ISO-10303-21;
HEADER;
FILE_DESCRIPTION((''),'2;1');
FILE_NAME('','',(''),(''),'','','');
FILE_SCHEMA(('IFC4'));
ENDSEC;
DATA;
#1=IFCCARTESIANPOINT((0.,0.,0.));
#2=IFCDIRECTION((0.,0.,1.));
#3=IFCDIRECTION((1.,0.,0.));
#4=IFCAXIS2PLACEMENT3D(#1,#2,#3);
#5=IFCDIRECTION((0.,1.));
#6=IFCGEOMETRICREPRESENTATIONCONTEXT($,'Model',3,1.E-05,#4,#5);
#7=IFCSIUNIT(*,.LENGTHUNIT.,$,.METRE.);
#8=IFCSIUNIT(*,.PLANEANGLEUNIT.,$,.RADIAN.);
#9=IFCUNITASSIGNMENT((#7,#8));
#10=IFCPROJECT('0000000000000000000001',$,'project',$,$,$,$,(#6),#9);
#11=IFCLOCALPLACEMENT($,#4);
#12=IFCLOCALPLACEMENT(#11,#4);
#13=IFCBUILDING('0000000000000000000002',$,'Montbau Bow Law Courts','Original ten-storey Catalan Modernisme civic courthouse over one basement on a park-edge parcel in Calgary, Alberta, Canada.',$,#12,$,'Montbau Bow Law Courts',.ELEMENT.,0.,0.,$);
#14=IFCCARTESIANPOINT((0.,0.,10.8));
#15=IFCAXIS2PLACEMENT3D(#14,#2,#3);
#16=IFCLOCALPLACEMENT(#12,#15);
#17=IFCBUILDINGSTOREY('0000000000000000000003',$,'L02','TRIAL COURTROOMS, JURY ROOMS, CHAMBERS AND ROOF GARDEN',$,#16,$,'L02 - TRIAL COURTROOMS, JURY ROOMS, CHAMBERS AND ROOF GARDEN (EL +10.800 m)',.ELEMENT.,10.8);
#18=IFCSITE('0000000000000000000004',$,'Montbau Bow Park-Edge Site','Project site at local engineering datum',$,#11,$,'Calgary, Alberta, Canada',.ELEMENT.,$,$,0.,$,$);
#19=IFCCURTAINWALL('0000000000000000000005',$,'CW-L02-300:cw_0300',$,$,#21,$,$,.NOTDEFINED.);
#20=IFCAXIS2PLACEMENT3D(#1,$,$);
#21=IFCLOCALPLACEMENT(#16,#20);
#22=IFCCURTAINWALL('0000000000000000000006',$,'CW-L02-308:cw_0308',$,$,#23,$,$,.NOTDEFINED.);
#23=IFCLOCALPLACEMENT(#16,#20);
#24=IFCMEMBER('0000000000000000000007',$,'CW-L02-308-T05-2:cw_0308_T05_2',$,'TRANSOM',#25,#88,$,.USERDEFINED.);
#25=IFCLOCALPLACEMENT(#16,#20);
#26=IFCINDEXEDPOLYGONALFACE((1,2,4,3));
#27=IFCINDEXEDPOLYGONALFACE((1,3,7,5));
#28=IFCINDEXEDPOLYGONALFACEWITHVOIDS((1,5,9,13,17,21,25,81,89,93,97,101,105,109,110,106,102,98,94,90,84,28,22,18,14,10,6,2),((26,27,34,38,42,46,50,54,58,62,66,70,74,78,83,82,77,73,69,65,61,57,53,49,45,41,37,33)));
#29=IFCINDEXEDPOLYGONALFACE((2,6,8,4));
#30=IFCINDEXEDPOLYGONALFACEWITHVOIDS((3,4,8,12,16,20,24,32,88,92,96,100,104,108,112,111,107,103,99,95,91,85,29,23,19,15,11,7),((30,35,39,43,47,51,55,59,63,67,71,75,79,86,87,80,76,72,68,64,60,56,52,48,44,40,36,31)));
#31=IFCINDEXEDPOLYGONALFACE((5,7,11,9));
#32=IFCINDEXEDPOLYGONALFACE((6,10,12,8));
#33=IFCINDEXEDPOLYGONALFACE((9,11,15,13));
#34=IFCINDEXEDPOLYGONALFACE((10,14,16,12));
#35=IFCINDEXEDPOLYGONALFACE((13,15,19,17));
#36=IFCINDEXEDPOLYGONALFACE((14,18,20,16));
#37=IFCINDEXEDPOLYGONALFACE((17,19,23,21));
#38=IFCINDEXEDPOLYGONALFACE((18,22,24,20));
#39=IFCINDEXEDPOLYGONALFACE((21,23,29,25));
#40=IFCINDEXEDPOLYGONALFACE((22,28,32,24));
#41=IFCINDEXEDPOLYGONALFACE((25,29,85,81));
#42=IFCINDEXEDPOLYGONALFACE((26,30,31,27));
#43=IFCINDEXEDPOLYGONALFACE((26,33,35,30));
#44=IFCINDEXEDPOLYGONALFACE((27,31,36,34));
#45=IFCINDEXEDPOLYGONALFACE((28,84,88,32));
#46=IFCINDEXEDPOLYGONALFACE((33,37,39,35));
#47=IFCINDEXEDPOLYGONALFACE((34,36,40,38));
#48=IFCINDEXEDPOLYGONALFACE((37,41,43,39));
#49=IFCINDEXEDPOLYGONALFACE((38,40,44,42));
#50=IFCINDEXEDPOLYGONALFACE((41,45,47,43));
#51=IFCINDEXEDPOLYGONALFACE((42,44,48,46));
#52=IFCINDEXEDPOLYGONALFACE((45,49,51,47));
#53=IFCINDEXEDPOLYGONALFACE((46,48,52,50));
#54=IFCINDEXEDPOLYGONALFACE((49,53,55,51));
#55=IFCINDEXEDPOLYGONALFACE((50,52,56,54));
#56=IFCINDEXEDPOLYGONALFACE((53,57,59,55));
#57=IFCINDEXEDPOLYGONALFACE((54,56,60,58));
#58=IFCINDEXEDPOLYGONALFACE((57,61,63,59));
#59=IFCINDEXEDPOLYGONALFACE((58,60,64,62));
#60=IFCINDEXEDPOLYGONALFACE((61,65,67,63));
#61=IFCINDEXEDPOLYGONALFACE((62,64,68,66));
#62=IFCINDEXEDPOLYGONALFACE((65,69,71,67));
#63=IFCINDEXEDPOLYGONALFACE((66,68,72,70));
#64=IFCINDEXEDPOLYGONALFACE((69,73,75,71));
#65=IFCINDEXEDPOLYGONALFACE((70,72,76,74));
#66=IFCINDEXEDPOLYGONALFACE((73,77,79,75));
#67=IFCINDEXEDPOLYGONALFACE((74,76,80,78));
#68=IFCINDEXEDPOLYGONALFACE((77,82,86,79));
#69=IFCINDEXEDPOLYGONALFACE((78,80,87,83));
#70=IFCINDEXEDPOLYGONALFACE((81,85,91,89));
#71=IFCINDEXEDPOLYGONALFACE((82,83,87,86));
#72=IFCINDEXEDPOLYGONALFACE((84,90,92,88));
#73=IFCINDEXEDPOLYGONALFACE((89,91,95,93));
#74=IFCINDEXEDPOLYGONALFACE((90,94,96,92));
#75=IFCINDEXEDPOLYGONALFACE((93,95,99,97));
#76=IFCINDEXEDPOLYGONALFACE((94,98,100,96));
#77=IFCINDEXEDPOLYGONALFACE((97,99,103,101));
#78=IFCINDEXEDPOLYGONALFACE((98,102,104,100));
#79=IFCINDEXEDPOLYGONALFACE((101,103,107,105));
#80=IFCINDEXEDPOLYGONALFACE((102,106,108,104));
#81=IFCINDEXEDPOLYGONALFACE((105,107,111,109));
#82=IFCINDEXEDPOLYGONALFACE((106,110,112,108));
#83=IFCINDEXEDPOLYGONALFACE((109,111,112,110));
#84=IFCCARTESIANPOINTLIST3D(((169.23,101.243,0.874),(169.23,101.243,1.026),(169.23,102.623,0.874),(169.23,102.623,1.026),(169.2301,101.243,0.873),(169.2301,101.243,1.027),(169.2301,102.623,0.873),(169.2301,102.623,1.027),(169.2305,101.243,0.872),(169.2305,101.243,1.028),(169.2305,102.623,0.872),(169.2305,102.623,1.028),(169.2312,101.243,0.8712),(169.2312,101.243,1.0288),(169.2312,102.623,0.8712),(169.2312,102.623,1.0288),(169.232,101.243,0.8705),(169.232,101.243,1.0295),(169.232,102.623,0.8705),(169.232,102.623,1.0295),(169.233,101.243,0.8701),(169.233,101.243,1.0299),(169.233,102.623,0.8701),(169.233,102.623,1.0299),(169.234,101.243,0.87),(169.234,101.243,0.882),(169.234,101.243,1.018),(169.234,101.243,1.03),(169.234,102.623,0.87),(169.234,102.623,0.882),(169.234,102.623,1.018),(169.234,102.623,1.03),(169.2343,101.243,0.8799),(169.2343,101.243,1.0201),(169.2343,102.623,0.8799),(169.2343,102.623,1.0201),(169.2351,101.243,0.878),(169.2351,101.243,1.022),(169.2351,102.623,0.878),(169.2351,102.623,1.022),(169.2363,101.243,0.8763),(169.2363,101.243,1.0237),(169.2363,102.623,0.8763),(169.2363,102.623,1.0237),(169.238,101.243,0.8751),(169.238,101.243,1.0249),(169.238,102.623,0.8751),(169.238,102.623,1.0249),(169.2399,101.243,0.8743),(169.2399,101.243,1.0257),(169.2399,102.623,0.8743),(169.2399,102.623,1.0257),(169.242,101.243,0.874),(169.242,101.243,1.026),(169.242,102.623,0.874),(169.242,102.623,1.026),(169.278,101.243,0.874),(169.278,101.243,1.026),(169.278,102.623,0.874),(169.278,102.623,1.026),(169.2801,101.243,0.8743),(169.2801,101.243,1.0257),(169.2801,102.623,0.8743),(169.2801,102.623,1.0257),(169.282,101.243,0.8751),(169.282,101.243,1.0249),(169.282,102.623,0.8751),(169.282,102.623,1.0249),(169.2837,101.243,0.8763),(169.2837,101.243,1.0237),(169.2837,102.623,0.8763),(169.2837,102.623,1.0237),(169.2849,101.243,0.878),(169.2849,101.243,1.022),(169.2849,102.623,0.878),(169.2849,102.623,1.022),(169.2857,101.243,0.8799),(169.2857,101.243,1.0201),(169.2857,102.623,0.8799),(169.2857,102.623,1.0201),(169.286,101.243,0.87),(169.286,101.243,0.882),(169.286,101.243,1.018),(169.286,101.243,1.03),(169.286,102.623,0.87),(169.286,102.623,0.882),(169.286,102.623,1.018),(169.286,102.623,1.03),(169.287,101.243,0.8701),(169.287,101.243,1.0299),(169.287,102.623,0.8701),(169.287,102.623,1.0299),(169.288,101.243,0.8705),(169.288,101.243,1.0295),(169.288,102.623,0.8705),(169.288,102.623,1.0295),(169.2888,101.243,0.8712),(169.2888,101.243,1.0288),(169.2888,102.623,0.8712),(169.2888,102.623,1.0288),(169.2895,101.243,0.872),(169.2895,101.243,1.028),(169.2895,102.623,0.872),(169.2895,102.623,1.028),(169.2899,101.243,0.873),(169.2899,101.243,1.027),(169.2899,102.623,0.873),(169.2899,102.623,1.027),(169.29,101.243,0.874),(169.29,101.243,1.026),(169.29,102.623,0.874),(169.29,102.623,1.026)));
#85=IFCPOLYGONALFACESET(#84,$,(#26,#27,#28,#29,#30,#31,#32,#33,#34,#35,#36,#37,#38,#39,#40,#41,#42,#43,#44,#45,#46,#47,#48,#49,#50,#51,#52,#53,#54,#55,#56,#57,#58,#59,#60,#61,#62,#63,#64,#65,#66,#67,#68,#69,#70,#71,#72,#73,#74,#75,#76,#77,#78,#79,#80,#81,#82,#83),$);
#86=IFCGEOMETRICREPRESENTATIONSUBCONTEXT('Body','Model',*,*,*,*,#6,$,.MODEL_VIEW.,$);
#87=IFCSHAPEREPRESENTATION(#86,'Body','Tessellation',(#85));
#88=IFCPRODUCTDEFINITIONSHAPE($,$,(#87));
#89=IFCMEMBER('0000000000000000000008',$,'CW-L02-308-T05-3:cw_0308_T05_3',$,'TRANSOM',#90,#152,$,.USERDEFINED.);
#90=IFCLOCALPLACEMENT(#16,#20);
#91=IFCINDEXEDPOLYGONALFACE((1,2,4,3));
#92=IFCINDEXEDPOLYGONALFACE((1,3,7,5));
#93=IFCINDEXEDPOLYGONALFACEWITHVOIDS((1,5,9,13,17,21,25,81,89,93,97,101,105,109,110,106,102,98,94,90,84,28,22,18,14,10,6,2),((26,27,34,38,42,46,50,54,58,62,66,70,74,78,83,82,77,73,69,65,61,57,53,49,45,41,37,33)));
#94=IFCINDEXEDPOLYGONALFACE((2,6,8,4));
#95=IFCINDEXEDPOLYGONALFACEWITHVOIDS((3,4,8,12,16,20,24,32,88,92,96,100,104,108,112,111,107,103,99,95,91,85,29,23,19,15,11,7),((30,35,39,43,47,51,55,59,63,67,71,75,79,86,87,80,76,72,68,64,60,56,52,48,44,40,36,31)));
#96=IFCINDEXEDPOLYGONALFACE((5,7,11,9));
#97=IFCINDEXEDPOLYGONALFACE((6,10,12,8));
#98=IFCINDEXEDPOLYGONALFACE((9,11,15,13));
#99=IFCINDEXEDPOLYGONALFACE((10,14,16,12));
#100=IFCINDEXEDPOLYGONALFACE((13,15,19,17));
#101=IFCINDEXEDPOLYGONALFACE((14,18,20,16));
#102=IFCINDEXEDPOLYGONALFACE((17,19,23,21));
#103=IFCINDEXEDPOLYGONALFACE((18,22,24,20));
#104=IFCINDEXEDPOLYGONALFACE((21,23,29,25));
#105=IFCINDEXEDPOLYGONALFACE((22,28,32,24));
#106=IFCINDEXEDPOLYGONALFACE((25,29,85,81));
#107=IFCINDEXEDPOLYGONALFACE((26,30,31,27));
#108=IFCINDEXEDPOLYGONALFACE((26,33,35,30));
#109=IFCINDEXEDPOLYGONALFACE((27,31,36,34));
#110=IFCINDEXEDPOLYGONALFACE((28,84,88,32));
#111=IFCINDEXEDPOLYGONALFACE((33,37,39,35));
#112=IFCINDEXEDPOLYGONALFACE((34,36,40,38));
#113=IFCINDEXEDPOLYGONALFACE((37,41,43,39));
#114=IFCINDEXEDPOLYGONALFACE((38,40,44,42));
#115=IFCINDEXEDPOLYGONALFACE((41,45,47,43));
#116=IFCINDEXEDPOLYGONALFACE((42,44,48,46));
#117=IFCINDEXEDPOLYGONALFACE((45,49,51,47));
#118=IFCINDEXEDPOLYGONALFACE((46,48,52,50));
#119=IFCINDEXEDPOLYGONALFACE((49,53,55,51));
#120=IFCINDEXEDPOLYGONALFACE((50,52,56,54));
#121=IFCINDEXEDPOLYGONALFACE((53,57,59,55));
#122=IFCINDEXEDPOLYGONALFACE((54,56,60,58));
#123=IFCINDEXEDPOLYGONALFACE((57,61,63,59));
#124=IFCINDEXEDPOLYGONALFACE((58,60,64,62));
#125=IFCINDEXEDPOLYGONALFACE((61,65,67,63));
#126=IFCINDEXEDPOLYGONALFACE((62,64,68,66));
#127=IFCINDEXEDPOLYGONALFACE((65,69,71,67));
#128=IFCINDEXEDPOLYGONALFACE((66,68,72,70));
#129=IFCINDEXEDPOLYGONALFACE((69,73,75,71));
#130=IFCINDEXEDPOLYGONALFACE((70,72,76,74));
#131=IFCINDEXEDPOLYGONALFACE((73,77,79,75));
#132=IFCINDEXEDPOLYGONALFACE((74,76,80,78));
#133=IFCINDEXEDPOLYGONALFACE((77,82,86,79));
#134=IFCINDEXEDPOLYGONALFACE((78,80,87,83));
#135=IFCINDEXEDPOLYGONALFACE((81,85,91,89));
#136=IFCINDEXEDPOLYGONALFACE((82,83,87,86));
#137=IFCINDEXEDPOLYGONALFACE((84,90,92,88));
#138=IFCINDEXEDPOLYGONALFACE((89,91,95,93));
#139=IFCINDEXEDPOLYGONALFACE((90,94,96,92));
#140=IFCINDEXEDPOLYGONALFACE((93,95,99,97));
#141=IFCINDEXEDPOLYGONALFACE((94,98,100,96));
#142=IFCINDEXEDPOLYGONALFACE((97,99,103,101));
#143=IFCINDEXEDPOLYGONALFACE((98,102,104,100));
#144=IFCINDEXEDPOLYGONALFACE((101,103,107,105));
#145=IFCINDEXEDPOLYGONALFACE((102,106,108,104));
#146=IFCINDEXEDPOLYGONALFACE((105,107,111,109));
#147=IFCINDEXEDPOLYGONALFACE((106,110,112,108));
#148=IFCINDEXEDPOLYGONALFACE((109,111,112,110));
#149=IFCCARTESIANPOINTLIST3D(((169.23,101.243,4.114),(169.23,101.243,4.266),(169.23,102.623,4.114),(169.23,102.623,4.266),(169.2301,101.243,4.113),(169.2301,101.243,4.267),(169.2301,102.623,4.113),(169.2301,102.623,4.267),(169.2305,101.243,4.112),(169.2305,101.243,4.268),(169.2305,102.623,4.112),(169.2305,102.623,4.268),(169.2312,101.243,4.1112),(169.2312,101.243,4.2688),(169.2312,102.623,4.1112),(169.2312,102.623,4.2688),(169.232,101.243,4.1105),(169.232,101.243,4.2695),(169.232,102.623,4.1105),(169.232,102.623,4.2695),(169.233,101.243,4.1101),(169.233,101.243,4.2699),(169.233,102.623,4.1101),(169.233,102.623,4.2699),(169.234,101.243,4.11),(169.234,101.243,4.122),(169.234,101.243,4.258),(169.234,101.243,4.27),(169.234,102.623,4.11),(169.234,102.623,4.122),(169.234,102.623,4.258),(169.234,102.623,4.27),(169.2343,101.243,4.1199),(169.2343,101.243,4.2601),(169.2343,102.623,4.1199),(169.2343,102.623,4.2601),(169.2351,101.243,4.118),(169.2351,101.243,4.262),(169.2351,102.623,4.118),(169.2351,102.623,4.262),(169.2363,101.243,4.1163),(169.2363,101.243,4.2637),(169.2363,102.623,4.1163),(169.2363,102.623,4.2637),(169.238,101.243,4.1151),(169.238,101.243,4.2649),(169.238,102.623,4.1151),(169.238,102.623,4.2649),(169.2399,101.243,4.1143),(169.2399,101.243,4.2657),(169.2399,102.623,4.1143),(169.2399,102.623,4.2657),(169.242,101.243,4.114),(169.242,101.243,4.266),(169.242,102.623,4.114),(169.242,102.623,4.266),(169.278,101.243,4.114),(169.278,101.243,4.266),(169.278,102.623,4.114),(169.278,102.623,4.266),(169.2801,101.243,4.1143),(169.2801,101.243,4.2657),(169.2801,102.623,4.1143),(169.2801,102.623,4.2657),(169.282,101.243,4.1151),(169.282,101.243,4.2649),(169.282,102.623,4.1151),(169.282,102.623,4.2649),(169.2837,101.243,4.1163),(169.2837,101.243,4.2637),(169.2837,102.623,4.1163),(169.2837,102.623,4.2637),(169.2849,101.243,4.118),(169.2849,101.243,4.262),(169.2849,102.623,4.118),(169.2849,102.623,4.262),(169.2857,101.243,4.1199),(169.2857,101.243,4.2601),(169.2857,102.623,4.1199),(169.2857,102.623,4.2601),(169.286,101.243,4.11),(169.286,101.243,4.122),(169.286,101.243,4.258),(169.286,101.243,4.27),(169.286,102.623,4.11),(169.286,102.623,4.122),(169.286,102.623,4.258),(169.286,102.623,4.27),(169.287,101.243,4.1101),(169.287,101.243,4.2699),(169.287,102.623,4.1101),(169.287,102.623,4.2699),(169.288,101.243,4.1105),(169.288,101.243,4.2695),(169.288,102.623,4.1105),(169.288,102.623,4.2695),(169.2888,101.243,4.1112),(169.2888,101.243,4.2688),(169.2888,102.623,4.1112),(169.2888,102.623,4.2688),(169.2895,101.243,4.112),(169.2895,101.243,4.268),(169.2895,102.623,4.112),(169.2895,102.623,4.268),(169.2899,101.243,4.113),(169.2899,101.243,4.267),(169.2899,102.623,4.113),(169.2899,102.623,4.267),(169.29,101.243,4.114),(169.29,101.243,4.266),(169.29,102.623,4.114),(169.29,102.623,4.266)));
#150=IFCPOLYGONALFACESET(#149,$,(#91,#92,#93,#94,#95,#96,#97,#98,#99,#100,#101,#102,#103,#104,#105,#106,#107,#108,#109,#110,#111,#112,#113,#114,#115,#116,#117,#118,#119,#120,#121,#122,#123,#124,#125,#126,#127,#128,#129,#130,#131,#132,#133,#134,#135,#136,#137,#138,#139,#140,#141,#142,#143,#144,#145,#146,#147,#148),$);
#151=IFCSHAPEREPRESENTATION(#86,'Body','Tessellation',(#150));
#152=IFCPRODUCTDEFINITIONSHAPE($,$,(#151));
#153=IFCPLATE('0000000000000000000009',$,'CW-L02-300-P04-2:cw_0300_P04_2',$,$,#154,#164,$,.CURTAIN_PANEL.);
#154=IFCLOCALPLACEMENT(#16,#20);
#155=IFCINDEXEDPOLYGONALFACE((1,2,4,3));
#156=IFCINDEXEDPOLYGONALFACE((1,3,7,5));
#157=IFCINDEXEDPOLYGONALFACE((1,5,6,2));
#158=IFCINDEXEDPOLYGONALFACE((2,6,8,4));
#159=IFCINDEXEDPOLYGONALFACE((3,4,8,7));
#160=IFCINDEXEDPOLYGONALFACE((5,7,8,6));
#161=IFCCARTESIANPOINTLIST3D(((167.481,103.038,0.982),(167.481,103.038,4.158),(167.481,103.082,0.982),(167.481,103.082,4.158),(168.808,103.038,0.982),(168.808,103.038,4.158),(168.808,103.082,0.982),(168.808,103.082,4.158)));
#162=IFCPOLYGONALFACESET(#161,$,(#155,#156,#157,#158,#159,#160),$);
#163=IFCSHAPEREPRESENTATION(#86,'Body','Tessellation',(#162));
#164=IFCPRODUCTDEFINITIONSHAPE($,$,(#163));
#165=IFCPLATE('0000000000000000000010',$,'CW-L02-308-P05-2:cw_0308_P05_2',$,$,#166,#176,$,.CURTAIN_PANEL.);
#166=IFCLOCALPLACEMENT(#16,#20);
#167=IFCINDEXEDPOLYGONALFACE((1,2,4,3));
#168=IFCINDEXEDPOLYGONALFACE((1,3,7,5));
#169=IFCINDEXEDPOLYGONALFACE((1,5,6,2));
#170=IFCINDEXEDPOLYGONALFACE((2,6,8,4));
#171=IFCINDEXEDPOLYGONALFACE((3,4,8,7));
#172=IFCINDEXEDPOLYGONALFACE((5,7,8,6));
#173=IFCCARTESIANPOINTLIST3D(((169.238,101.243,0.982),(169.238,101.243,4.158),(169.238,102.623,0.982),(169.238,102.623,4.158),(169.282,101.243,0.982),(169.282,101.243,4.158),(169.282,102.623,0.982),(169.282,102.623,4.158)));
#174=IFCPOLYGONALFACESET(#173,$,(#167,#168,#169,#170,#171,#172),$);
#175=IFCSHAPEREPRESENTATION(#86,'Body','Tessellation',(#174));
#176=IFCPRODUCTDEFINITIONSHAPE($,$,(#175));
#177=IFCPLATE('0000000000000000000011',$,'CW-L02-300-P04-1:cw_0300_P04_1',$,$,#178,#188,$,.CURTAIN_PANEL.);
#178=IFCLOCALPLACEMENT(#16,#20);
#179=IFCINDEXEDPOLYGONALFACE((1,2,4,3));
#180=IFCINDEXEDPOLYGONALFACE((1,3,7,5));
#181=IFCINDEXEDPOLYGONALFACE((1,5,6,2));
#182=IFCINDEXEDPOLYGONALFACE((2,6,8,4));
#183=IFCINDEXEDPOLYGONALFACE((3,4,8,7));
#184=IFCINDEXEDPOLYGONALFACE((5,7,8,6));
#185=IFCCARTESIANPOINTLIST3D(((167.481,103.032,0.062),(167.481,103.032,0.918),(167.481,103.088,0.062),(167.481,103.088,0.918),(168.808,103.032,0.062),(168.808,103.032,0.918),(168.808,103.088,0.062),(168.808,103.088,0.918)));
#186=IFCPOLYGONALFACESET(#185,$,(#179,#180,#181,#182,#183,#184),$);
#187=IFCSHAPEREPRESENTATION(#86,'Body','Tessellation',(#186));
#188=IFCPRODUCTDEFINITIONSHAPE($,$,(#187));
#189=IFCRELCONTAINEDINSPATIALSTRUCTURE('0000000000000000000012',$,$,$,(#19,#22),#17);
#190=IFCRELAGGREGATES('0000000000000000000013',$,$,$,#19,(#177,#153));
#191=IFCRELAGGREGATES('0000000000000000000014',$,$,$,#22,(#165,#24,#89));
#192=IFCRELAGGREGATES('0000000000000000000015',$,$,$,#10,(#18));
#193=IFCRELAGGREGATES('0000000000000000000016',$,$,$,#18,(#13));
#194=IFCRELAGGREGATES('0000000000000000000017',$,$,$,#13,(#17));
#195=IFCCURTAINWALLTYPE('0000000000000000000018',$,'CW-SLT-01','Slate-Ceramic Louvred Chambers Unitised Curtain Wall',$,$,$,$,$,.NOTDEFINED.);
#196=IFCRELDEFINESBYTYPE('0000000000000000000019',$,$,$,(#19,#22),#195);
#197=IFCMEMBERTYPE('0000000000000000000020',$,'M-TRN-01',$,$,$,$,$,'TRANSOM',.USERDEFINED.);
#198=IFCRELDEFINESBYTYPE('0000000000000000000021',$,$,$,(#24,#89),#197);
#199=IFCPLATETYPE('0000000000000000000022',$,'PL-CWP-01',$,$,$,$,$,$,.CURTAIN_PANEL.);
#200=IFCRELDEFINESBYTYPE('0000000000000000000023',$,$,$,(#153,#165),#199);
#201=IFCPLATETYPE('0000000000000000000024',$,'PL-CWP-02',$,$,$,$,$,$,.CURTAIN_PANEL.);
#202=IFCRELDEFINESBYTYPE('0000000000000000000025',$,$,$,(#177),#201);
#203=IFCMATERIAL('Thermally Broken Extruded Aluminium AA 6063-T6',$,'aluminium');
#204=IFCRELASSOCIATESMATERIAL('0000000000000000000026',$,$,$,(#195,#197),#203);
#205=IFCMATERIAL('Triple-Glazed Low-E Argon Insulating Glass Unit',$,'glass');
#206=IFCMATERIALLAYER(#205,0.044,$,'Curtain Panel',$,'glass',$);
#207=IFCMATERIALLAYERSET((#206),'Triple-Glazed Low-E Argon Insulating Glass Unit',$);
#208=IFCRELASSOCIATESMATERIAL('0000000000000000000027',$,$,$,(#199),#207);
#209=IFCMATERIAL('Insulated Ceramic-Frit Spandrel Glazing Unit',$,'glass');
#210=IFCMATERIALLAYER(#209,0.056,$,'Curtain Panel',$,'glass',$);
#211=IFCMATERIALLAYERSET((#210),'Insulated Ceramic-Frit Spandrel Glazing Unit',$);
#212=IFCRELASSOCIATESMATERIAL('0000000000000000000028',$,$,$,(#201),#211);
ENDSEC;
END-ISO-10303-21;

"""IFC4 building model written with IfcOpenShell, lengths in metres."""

from ifc_helpers import new_model, si_unit, direction, frame, frame_2d, origin_with_axes, origin_2d_with_axis, place, context, subcontext, project, spatial, rectangle, hollow_rectangle, extrude, material, layer, layer_set, material_profile, profile_set, type_object, element, aggregate, save


model = new_model("IFC4")

# Units and contexts
model_context = context("Model", 3, precision=1e-05, world=origin_with_axes(), true_north=direction((0.0, 1.0)))
body_context = subcontext(model_context, "Body", "Model", "MODEL_VIEW")
ifc_project = project(units=[si_unit("LENGTHUNIT", "METRE"), si_unit("PLANEANGLEUNIT", "RADIAN")], contexts=[model_context])

# Site, building, storey
site_placement = place(None, origin_with_axes())
site = spatial("IfcSite", under=ifc_project, at=site_placement, Name="Montbau Bow Park-Edge Site", Description="Project site at local engineering datum", LongName="Calgary, Alberta, Canada", CompositionType="ELEMENT", RefElevation=0.0)
building_placement = place(site_placement, origin_with_axes())
building = spatial("IfcBuilding", under=site, at=building_placement, Name="Montbau Bow Law Courts", Description="Original ten-storey Catalan Modernisme civic courthouse over one basement on a park-edge parcel in Calgary, Alberta, Canada.", LongName="Montbau Bow Law Courts", CompositionType="ELEMENT", ElevationOfRefHeight=0.0, ElevationOfTerrain=0.0)
storey_placement = place(building_placement, frame((0.0, 0.0, 10.8), z_axis=(0.0, 0.0, 1.0), x_axis=(1.0, 0.0, 0.0)))
storey = spatial("IfcBuildingStorey", under=building, at=storey_placement, Name="L02", Description="TRIAL COURTROOMS, JURY ROOMS, CHAMBERS AND ROOF GARDEN", LongName="L02 - TRIAL COURTROOMS, JURY ROOMS, CHAMBERS AND ROOF GARDEN (EL +10.800 m)", CompositionType="ELEMENT", Elevation=10.8)

# Curtain walls
ifc_material_1 = material(Name="Thermally Broken Extruded Aluminium AA 6063-T6", Category="aluminium")
curtain_wall_type = type_object("IfcCurtainWallType", Name="CW-SLT-01", Description="Slate-Ceramic Louvred Chambers Unitised Curtain Wall", PredefinedType="NOTDEFINED", material=ifc_material_1)
curtain_wall_1_placement = place(None, frame((163.115, 103.06, 10.8), z_axis=(0.0, 0.0, 1.0), x_axis=(1.0, 0.0, 0.0)))
curtain_wall_1 = element("IfcCurtainWall", 1, at=curtain_wall_1_placement, inside=storey, type_object=curtain_wall_type, Name="CW-L02-300:cw_0300", PredefinedType="NOTDEFINED")
curtain_wall_2_placement = place(None, frame((169.26, 95.315, 10.8), z_axis=(0.0, 0.0, 1.0), x_axis=(1.0, 0.0, 0.0)))
curtain_wall_2 = element("IfcCurtainWall", 2, at=curtain_wall_2_placement, inside=storey, type_object=curtain_wall_type, Name="CW-L02-308:cw_0308", PredefinedType="NOTDEFINED")

# Members
ifc_material_profile_1 = material_profile(ifc_material_1, hollow_rectangle(XDim=0.06, YDim=0.16, WallThickness=0.004, InnerFilletRadius=0.008, OuterFilletRadius=0.004, at=origin_2d_with_axis()), Name="CWT-160X60", Category="Main", Priority=0)
ifc_profile_set_1 = profile_set([ifc_material_profile_1], Name="Thermally Broken Extruded Aluminium AA 6063-T6")
member_type_1 = type_object("IfcMemberType", Name="M-TRN-01", ElementType="TRANSOM", PredefinedType="USERDEFINED", material=ifc_profile_set_1)
member_1_placement = place(None, frame((169.26, 101.243, 11.75), z_axis=(0.0, 1.0, 0.0), x_axis=(-1.0, 0.0, 0.0)))
member_1 = element("IfcMember", 3, at=member_1_placement, type_object=member_type_1, Name="CW-L02-308-T05-2:cw_0308_T05_2", ObjectType="TRANSOM", PredefinedType="USERDEFINED", context=body_context, shape_type="SweptSolid", body=[
    extrude(hollow_rectangle(XDim=0.06, YDim=0.16, WallThickness=0.004, InnerFilletRadius=0.008, OuterFilletRadius=0.004, at=origin_2d_with_axis()), origin_with_axes(), (0.0, 0.0, 1.0), 1.38),
])
member_2_placement = place(None, frame((169.26, 101.243, 14.99), z_axis=(0.0, 1.0, 0.0), x_axis=(-1.0, 0.0, 0.0)))
member_2 = element("IfcMember", 4, at=member_2_placement, type_object=member_type_1, Name="CW-L02-308-T05-3:cw_0308_T05_3", ObjectType="TRANSOM", PredefinedType="USERDEFINED", context=body_context, shape_type="SweptSolid", body=[
    extrude(hollow_rectangle(XDim=0.06, YDim=0.16, WallThickness=0.004, InnerFilletRadius=0.008, OuterFilletRadius=0.004, at=origin_2d_with_axis()), origin_with_axes(), (0.0, 0.0, 1.0), 1.38),
])

# Plates
ifc_material_2 = material(Name="Triple-Glazed Low-E Argon Insulating Glass Unit", Category="glass")
ifc_layer_1 = layer(ifc_material_2, 0.044, Name="Curtain Panel", Category="glass")
ifc_layer_set_1 = layer_set([ifc_layer_1], Name="Triple-Glazed Low-E Argon Insulating Glass Unit")
plate_type_1 = type_object("IfcPlateType", Name="PL-CWP-01", PredefinedType="CURTAIN_PANEL", material=ifc_layer_set_1)
plate_1_placement = place(None, frame((167.481, 103.06, 11.782), z_axis=(0.0, -1.0, 0.0), x_axis=(1.0, 0.0, 0.0)))
plate_1 = element("IfcPlate", 5, at=plate_1_placement, type_object=plate_type_1, Name="CW-L02-300-P04-2:cw_0300_P04_2", PredefinedType="CURTAIN_PANEL", context=body_context, shape_type="SweptSolid", body=[
    extrude(rectangle(XDim=1.327, YDim=3.176, at=frame_2d((0.6635, 1.588), x_axis=(1.0, 0.0))), frame((0.0, 0.0, -0.022), z_axis=(0.0, 0.0, 1.0), x_axis=(1.0, 0.0, 0.0)), (0.0, 0.0, 1.0), 0.044),
])
plate_2_placement = place(None, frame((169.26, 101.243, 11.782), z_axis=(1.0, 0.0, 0.0), x_axis=(0.0, 1.0, 0.0)))
plate_2 = element("IfcPlate", 6, at=plate_2_placement, type_object=plate_type_1, Name="CW-L02-308-P05-2:cw_0308_P05_2", PredefinedType="CURTAIN_PANEL", context=body_context, shape_type="SweptSolid", body=[
    extrude(rectangle(XDim=1.38, YDim=3.176, at=frame_2d((0.69, 1.588), x_axis=(1.0, 0.0))), frame((0.0, 0.0, -0.022), z_axis=(0.0, 0.0, 1.0), x_axis=(1.0, 0.0, 0.0)), (0.0, 0.0, 1.0), 0.044),
])
ifc_material_3 = material(Name="Insulated Ceramic-Frit Spandrel Glazing Unit", Category="glass")
ifc_layer_2 = layer(ifc_material_3, 0.056, Name="Curtain Panel", Category="glass")
ifc_layer_set_2 = layer_set([ifc_layer_2], Name="Insulated Ceramic-Frit Spandrel Glazing Unit")
plate_type_2 = type_object("IfcPlateType", Name="PL-CWP-02", PredefinedType="CURTAIN_PANEL", material=ifc_layer_set_2)
plate_3_placement = place(None, frame((167.481, 103.06, 10.862), z_axis=(0.0, -1.0, 0.0), x_axis=(1.0, 0.0, 0.0)))
plate_3 = element("IfcPlate", 7, at=plate_3_placement, type_object=plate_type_2, Name="CW-L02-300-P04-1:cw_0300_P04_1", PredefinedType="CURTAIN_PANEL", context=body_context, shape_type="SweptSolid", body=[
    extrude(rectangle(XDim=1.327, YDim=0.856, at=frame_2d((0.6635, 0.428), x_axis=(1.0, 0.0))), frame((0.0, 0.0, -0.028), z_axis=(0.0, 0.0, 1.0), x_axis=(1.0, 0.0, 0.0)), (0.0, 0.0, 1.0), 0.056),
])
aggregate(curtain_wall_1, [plate_3, plate_1])
aggregate(curtain_wall_2, [plate_2, member_1, member_2])

save(model, "model.ifc")
